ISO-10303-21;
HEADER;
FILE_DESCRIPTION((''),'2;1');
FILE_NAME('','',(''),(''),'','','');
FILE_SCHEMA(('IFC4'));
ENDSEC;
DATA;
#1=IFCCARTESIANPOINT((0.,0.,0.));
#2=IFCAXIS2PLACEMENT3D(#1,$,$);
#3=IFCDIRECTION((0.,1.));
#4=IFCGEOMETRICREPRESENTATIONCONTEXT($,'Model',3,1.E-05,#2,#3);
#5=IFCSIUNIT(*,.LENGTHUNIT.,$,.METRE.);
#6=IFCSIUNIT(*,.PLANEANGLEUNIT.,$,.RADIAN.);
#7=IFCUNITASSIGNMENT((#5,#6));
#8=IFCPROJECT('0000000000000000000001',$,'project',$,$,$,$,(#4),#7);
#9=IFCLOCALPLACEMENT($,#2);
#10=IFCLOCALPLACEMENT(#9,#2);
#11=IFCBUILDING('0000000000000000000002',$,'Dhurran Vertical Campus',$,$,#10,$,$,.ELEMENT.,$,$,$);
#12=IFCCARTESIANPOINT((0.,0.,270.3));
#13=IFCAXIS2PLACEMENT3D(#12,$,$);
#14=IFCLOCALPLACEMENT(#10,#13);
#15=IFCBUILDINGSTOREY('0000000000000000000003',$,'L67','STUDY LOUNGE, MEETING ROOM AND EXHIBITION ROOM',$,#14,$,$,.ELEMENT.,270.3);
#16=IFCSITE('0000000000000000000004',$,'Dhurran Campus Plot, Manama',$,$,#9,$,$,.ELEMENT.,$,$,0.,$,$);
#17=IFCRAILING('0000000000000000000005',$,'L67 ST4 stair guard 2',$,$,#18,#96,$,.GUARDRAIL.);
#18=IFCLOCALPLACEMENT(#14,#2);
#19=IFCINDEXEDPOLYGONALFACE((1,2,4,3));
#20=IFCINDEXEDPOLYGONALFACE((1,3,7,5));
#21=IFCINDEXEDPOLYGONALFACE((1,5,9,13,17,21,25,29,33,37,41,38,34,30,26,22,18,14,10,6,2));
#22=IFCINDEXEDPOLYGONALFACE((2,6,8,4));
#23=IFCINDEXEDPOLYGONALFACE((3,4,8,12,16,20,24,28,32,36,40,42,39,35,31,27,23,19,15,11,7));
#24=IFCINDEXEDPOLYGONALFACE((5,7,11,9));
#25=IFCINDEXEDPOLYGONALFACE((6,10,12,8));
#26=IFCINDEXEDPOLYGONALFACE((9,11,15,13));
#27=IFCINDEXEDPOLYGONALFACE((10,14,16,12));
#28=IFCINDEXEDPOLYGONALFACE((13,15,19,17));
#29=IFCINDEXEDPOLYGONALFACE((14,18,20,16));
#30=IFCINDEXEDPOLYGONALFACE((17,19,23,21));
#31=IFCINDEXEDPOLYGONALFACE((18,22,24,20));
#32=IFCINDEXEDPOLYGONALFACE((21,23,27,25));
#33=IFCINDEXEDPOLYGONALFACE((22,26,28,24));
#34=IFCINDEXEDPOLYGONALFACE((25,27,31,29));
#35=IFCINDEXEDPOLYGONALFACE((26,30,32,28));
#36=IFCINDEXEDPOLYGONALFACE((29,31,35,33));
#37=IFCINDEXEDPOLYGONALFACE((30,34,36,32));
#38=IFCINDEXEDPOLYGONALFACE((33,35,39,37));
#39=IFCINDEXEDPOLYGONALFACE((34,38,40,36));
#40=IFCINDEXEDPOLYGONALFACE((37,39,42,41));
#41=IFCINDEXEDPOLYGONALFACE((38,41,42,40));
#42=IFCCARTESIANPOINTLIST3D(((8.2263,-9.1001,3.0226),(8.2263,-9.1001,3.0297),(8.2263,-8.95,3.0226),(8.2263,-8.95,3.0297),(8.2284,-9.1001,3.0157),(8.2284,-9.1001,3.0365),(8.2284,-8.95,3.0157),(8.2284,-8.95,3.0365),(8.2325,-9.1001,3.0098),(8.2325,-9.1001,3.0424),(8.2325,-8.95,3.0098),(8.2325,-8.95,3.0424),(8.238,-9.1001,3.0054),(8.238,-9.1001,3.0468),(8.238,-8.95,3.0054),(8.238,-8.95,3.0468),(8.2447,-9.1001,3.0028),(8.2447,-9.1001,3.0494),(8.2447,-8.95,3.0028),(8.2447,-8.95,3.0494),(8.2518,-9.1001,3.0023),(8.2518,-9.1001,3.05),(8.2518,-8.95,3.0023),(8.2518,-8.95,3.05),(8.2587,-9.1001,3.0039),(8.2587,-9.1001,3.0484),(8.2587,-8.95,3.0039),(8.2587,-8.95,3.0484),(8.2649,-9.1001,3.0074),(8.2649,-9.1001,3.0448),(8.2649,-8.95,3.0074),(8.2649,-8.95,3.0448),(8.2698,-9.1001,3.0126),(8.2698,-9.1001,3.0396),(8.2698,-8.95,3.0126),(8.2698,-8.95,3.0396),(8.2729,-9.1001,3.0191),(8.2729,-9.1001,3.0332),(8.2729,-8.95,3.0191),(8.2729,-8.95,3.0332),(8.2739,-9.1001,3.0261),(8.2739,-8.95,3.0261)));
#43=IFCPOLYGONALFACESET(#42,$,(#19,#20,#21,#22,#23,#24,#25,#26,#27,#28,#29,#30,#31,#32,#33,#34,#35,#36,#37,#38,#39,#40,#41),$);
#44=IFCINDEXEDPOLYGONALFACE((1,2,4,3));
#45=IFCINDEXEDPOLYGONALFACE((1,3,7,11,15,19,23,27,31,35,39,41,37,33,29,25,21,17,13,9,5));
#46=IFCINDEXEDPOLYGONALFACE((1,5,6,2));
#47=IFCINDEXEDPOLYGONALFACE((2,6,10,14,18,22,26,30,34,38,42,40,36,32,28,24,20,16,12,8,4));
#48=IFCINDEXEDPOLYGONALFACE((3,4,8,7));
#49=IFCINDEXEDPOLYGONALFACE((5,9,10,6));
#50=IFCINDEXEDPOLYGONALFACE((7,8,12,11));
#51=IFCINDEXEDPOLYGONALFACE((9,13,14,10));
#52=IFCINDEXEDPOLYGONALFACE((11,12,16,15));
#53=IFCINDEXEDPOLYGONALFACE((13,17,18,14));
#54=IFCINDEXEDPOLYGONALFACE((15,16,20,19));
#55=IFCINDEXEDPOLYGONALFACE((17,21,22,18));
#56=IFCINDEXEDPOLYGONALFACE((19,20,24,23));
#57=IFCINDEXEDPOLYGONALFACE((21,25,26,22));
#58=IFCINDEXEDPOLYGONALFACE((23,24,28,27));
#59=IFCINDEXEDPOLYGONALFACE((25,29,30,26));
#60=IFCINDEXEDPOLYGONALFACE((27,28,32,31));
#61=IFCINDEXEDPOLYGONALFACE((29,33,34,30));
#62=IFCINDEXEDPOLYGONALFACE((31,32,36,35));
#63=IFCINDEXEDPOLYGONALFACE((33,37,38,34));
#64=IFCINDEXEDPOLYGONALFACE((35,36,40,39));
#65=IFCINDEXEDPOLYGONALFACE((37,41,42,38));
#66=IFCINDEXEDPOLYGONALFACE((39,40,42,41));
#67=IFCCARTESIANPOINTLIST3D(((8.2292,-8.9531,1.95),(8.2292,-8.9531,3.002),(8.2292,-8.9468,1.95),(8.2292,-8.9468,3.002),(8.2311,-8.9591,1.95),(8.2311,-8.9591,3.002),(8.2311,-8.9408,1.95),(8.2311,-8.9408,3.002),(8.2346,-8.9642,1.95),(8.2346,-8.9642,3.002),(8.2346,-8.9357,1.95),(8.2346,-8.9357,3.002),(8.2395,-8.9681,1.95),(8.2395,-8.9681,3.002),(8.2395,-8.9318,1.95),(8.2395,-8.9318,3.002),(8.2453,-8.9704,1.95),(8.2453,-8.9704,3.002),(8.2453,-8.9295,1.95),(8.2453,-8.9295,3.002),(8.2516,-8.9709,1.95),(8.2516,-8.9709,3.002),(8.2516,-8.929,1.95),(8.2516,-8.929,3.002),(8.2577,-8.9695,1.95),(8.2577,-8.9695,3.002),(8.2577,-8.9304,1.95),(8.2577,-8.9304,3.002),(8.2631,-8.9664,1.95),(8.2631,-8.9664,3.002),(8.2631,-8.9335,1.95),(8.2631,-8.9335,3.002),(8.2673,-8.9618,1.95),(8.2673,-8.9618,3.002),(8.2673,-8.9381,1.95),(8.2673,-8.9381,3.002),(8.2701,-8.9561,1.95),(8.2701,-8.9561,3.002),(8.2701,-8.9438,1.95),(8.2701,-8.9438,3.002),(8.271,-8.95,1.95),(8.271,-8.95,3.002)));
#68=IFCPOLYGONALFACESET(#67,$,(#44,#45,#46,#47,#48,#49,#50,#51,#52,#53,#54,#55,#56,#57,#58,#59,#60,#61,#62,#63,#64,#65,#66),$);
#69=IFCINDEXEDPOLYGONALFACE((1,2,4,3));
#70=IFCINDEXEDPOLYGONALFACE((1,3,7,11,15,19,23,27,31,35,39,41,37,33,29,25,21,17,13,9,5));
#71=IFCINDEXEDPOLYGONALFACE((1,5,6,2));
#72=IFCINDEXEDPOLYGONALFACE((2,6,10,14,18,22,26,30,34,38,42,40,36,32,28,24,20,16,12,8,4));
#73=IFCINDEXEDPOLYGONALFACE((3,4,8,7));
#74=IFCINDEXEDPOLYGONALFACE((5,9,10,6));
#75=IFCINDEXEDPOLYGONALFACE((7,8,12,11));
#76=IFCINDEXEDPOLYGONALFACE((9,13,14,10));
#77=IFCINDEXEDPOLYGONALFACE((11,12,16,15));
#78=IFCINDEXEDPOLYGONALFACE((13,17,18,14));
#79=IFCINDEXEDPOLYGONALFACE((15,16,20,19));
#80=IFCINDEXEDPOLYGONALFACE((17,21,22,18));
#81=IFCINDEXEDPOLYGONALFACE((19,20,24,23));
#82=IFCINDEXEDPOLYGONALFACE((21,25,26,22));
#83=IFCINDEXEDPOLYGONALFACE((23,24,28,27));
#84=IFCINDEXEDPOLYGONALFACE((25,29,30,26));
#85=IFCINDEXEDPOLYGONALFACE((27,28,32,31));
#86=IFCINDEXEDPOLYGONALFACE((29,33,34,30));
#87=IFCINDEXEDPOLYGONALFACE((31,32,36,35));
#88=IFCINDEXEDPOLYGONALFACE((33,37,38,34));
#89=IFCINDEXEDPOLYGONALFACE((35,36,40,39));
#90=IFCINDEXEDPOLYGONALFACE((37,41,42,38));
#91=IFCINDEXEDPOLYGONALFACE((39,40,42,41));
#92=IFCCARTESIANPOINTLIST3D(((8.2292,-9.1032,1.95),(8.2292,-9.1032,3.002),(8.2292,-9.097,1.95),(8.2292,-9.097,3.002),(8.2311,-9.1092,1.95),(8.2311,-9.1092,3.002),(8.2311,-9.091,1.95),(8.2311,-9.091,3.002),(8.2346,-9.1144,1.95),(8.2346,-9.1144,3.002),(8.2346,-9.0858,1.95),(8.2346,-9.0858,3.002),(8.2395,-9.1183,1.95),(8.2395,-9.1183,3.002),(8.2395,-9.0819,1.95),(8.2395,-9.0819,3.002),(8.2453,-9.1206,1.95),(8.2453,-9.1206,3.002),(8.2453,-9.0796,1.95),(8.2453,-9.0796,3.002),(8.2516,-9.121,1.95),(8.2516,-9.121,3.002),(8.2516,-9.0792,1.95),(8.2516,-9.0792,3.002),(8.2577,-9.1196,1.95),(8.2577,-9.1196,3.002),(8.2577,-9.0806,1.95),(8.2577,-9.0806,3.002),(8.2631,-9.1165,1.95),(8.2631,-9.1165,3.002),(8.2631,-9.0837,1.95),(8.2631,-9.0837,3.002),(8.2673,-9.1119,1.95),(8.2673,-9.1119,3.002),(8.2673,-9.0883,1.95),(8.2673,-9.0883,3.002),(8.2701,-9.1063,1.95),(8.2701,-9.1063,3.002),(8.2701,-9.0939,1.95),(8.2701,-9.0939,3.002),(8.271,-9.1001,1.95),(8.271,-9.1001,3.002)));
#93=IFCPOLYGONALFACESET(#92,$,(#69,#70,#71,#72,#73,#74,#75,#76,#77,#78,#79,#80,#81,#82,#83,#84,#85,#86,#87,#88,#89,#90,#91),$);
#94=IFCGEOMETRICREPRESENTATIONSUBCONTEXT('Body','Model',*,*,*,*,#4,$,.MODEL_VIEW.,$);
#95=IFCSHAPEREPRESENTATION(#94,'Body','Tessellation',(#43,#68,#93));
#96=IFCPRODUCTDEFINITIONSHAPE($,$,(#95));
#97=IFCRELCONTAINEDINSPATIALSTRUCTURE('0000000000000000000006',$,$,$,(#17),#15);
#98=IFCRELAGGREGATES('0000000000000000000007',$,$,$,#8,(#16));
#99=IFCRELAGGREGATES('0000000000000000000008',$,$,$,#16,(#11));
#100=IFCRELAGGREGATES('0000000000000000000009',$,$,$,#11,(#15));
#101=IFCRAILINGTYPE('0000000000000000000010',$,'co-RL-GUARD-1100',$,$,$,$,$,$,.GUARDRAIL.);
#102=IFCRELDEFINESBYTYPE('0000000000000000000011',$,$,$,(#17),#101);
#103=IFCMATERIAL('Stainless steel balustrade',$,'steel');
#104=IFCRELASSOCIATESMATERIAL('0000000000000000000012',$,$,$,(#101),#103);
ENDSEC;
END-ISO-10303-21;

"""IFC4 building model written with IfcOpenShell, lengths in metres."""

from ifc_helpers import new_model, si_unit, direction, frame, origin, origin_2d, place, context, subcontext, project, spatial, circle, extrude, material, type_object, element, save


model = new_model("IFC4")

# Units and contexts
model_context = context("Model", 3, precision=1e-05, world=origin(), true_north=direction((0.0, 1.0)))
body_context = subcontext(model_context, "Body", "Model", "MODEL_VIEW")
ifc_project = project(units=[si_unit("LENGTHUNIT", "METRE"), si_unit("PLANEANGLEUNIT", "RADIAN")], contexts=[model_context])

# Site, building, storey
site_placement = place(None, origin())
site = spatial("IfcSite", under=ifc_project, at=site_placement, Name="Dhurran Campus Plot, Manama", CompositionType="ELEMENT", RefElevation=0.0)
building_placement = place(site_placement, origin())
building = spatial("IfcBuilding", under=site, at=building_placement, Name="Dhurran Vertical Campus", CompositionType="ELEMENT")
storey_placement = place(building_placement, frame((0.0, 0.0, 270.3)))
storey = spatial("IfcBuildingStorey", under=building, at=storey_placement, Name="L67", Description="STUDY LOUNGE, MEETING ROOM AND EXHIBITION ROOM", CompositionType="ELEMENT", Elevation=270.3)

# Railing
ifc_material_1 = material(Name="Stainless steel balustrade", Category="steel")
railing_type_1 = type_object("IfcRailingType", Name="co-RL-GUARD-1100", PredefinedType="GUARDRAIL", material=ifc_material_1)
railing_1_placement = place(storey_placement, frame((8.25, -8.95, 1.95)))
element("IfcRailing", 1, at=railing_1_placement, inside=storey, type_object=railing_type_1, Name="L67 ST4 stair guard 2", PredefinedType="GUARDRAIL", context=body_context, shape_type="SweptSolid", body=[
    extrude(circle(Radius=0.0239, at=origin_2d()), frame((0.0, 0.0, 1.0762), z_axis=(0.0, -1.0, 0.0), x_axis=(1.0, 0.0, 0.0)), (0.0, 0.0, 1.0), 0.1501),
    extrude(circle(Radius=0.021, at=origin_2d()), origin(), (0.0, 0.0, 1.0), 1.052),
    extrude(circle(Radius=0.021, at=origin_2d()), frame((0.0, -0.1501, 0.0)), (0.0, 0.0, 1.0), 1.052),
])

save(model, "model.ifc")
